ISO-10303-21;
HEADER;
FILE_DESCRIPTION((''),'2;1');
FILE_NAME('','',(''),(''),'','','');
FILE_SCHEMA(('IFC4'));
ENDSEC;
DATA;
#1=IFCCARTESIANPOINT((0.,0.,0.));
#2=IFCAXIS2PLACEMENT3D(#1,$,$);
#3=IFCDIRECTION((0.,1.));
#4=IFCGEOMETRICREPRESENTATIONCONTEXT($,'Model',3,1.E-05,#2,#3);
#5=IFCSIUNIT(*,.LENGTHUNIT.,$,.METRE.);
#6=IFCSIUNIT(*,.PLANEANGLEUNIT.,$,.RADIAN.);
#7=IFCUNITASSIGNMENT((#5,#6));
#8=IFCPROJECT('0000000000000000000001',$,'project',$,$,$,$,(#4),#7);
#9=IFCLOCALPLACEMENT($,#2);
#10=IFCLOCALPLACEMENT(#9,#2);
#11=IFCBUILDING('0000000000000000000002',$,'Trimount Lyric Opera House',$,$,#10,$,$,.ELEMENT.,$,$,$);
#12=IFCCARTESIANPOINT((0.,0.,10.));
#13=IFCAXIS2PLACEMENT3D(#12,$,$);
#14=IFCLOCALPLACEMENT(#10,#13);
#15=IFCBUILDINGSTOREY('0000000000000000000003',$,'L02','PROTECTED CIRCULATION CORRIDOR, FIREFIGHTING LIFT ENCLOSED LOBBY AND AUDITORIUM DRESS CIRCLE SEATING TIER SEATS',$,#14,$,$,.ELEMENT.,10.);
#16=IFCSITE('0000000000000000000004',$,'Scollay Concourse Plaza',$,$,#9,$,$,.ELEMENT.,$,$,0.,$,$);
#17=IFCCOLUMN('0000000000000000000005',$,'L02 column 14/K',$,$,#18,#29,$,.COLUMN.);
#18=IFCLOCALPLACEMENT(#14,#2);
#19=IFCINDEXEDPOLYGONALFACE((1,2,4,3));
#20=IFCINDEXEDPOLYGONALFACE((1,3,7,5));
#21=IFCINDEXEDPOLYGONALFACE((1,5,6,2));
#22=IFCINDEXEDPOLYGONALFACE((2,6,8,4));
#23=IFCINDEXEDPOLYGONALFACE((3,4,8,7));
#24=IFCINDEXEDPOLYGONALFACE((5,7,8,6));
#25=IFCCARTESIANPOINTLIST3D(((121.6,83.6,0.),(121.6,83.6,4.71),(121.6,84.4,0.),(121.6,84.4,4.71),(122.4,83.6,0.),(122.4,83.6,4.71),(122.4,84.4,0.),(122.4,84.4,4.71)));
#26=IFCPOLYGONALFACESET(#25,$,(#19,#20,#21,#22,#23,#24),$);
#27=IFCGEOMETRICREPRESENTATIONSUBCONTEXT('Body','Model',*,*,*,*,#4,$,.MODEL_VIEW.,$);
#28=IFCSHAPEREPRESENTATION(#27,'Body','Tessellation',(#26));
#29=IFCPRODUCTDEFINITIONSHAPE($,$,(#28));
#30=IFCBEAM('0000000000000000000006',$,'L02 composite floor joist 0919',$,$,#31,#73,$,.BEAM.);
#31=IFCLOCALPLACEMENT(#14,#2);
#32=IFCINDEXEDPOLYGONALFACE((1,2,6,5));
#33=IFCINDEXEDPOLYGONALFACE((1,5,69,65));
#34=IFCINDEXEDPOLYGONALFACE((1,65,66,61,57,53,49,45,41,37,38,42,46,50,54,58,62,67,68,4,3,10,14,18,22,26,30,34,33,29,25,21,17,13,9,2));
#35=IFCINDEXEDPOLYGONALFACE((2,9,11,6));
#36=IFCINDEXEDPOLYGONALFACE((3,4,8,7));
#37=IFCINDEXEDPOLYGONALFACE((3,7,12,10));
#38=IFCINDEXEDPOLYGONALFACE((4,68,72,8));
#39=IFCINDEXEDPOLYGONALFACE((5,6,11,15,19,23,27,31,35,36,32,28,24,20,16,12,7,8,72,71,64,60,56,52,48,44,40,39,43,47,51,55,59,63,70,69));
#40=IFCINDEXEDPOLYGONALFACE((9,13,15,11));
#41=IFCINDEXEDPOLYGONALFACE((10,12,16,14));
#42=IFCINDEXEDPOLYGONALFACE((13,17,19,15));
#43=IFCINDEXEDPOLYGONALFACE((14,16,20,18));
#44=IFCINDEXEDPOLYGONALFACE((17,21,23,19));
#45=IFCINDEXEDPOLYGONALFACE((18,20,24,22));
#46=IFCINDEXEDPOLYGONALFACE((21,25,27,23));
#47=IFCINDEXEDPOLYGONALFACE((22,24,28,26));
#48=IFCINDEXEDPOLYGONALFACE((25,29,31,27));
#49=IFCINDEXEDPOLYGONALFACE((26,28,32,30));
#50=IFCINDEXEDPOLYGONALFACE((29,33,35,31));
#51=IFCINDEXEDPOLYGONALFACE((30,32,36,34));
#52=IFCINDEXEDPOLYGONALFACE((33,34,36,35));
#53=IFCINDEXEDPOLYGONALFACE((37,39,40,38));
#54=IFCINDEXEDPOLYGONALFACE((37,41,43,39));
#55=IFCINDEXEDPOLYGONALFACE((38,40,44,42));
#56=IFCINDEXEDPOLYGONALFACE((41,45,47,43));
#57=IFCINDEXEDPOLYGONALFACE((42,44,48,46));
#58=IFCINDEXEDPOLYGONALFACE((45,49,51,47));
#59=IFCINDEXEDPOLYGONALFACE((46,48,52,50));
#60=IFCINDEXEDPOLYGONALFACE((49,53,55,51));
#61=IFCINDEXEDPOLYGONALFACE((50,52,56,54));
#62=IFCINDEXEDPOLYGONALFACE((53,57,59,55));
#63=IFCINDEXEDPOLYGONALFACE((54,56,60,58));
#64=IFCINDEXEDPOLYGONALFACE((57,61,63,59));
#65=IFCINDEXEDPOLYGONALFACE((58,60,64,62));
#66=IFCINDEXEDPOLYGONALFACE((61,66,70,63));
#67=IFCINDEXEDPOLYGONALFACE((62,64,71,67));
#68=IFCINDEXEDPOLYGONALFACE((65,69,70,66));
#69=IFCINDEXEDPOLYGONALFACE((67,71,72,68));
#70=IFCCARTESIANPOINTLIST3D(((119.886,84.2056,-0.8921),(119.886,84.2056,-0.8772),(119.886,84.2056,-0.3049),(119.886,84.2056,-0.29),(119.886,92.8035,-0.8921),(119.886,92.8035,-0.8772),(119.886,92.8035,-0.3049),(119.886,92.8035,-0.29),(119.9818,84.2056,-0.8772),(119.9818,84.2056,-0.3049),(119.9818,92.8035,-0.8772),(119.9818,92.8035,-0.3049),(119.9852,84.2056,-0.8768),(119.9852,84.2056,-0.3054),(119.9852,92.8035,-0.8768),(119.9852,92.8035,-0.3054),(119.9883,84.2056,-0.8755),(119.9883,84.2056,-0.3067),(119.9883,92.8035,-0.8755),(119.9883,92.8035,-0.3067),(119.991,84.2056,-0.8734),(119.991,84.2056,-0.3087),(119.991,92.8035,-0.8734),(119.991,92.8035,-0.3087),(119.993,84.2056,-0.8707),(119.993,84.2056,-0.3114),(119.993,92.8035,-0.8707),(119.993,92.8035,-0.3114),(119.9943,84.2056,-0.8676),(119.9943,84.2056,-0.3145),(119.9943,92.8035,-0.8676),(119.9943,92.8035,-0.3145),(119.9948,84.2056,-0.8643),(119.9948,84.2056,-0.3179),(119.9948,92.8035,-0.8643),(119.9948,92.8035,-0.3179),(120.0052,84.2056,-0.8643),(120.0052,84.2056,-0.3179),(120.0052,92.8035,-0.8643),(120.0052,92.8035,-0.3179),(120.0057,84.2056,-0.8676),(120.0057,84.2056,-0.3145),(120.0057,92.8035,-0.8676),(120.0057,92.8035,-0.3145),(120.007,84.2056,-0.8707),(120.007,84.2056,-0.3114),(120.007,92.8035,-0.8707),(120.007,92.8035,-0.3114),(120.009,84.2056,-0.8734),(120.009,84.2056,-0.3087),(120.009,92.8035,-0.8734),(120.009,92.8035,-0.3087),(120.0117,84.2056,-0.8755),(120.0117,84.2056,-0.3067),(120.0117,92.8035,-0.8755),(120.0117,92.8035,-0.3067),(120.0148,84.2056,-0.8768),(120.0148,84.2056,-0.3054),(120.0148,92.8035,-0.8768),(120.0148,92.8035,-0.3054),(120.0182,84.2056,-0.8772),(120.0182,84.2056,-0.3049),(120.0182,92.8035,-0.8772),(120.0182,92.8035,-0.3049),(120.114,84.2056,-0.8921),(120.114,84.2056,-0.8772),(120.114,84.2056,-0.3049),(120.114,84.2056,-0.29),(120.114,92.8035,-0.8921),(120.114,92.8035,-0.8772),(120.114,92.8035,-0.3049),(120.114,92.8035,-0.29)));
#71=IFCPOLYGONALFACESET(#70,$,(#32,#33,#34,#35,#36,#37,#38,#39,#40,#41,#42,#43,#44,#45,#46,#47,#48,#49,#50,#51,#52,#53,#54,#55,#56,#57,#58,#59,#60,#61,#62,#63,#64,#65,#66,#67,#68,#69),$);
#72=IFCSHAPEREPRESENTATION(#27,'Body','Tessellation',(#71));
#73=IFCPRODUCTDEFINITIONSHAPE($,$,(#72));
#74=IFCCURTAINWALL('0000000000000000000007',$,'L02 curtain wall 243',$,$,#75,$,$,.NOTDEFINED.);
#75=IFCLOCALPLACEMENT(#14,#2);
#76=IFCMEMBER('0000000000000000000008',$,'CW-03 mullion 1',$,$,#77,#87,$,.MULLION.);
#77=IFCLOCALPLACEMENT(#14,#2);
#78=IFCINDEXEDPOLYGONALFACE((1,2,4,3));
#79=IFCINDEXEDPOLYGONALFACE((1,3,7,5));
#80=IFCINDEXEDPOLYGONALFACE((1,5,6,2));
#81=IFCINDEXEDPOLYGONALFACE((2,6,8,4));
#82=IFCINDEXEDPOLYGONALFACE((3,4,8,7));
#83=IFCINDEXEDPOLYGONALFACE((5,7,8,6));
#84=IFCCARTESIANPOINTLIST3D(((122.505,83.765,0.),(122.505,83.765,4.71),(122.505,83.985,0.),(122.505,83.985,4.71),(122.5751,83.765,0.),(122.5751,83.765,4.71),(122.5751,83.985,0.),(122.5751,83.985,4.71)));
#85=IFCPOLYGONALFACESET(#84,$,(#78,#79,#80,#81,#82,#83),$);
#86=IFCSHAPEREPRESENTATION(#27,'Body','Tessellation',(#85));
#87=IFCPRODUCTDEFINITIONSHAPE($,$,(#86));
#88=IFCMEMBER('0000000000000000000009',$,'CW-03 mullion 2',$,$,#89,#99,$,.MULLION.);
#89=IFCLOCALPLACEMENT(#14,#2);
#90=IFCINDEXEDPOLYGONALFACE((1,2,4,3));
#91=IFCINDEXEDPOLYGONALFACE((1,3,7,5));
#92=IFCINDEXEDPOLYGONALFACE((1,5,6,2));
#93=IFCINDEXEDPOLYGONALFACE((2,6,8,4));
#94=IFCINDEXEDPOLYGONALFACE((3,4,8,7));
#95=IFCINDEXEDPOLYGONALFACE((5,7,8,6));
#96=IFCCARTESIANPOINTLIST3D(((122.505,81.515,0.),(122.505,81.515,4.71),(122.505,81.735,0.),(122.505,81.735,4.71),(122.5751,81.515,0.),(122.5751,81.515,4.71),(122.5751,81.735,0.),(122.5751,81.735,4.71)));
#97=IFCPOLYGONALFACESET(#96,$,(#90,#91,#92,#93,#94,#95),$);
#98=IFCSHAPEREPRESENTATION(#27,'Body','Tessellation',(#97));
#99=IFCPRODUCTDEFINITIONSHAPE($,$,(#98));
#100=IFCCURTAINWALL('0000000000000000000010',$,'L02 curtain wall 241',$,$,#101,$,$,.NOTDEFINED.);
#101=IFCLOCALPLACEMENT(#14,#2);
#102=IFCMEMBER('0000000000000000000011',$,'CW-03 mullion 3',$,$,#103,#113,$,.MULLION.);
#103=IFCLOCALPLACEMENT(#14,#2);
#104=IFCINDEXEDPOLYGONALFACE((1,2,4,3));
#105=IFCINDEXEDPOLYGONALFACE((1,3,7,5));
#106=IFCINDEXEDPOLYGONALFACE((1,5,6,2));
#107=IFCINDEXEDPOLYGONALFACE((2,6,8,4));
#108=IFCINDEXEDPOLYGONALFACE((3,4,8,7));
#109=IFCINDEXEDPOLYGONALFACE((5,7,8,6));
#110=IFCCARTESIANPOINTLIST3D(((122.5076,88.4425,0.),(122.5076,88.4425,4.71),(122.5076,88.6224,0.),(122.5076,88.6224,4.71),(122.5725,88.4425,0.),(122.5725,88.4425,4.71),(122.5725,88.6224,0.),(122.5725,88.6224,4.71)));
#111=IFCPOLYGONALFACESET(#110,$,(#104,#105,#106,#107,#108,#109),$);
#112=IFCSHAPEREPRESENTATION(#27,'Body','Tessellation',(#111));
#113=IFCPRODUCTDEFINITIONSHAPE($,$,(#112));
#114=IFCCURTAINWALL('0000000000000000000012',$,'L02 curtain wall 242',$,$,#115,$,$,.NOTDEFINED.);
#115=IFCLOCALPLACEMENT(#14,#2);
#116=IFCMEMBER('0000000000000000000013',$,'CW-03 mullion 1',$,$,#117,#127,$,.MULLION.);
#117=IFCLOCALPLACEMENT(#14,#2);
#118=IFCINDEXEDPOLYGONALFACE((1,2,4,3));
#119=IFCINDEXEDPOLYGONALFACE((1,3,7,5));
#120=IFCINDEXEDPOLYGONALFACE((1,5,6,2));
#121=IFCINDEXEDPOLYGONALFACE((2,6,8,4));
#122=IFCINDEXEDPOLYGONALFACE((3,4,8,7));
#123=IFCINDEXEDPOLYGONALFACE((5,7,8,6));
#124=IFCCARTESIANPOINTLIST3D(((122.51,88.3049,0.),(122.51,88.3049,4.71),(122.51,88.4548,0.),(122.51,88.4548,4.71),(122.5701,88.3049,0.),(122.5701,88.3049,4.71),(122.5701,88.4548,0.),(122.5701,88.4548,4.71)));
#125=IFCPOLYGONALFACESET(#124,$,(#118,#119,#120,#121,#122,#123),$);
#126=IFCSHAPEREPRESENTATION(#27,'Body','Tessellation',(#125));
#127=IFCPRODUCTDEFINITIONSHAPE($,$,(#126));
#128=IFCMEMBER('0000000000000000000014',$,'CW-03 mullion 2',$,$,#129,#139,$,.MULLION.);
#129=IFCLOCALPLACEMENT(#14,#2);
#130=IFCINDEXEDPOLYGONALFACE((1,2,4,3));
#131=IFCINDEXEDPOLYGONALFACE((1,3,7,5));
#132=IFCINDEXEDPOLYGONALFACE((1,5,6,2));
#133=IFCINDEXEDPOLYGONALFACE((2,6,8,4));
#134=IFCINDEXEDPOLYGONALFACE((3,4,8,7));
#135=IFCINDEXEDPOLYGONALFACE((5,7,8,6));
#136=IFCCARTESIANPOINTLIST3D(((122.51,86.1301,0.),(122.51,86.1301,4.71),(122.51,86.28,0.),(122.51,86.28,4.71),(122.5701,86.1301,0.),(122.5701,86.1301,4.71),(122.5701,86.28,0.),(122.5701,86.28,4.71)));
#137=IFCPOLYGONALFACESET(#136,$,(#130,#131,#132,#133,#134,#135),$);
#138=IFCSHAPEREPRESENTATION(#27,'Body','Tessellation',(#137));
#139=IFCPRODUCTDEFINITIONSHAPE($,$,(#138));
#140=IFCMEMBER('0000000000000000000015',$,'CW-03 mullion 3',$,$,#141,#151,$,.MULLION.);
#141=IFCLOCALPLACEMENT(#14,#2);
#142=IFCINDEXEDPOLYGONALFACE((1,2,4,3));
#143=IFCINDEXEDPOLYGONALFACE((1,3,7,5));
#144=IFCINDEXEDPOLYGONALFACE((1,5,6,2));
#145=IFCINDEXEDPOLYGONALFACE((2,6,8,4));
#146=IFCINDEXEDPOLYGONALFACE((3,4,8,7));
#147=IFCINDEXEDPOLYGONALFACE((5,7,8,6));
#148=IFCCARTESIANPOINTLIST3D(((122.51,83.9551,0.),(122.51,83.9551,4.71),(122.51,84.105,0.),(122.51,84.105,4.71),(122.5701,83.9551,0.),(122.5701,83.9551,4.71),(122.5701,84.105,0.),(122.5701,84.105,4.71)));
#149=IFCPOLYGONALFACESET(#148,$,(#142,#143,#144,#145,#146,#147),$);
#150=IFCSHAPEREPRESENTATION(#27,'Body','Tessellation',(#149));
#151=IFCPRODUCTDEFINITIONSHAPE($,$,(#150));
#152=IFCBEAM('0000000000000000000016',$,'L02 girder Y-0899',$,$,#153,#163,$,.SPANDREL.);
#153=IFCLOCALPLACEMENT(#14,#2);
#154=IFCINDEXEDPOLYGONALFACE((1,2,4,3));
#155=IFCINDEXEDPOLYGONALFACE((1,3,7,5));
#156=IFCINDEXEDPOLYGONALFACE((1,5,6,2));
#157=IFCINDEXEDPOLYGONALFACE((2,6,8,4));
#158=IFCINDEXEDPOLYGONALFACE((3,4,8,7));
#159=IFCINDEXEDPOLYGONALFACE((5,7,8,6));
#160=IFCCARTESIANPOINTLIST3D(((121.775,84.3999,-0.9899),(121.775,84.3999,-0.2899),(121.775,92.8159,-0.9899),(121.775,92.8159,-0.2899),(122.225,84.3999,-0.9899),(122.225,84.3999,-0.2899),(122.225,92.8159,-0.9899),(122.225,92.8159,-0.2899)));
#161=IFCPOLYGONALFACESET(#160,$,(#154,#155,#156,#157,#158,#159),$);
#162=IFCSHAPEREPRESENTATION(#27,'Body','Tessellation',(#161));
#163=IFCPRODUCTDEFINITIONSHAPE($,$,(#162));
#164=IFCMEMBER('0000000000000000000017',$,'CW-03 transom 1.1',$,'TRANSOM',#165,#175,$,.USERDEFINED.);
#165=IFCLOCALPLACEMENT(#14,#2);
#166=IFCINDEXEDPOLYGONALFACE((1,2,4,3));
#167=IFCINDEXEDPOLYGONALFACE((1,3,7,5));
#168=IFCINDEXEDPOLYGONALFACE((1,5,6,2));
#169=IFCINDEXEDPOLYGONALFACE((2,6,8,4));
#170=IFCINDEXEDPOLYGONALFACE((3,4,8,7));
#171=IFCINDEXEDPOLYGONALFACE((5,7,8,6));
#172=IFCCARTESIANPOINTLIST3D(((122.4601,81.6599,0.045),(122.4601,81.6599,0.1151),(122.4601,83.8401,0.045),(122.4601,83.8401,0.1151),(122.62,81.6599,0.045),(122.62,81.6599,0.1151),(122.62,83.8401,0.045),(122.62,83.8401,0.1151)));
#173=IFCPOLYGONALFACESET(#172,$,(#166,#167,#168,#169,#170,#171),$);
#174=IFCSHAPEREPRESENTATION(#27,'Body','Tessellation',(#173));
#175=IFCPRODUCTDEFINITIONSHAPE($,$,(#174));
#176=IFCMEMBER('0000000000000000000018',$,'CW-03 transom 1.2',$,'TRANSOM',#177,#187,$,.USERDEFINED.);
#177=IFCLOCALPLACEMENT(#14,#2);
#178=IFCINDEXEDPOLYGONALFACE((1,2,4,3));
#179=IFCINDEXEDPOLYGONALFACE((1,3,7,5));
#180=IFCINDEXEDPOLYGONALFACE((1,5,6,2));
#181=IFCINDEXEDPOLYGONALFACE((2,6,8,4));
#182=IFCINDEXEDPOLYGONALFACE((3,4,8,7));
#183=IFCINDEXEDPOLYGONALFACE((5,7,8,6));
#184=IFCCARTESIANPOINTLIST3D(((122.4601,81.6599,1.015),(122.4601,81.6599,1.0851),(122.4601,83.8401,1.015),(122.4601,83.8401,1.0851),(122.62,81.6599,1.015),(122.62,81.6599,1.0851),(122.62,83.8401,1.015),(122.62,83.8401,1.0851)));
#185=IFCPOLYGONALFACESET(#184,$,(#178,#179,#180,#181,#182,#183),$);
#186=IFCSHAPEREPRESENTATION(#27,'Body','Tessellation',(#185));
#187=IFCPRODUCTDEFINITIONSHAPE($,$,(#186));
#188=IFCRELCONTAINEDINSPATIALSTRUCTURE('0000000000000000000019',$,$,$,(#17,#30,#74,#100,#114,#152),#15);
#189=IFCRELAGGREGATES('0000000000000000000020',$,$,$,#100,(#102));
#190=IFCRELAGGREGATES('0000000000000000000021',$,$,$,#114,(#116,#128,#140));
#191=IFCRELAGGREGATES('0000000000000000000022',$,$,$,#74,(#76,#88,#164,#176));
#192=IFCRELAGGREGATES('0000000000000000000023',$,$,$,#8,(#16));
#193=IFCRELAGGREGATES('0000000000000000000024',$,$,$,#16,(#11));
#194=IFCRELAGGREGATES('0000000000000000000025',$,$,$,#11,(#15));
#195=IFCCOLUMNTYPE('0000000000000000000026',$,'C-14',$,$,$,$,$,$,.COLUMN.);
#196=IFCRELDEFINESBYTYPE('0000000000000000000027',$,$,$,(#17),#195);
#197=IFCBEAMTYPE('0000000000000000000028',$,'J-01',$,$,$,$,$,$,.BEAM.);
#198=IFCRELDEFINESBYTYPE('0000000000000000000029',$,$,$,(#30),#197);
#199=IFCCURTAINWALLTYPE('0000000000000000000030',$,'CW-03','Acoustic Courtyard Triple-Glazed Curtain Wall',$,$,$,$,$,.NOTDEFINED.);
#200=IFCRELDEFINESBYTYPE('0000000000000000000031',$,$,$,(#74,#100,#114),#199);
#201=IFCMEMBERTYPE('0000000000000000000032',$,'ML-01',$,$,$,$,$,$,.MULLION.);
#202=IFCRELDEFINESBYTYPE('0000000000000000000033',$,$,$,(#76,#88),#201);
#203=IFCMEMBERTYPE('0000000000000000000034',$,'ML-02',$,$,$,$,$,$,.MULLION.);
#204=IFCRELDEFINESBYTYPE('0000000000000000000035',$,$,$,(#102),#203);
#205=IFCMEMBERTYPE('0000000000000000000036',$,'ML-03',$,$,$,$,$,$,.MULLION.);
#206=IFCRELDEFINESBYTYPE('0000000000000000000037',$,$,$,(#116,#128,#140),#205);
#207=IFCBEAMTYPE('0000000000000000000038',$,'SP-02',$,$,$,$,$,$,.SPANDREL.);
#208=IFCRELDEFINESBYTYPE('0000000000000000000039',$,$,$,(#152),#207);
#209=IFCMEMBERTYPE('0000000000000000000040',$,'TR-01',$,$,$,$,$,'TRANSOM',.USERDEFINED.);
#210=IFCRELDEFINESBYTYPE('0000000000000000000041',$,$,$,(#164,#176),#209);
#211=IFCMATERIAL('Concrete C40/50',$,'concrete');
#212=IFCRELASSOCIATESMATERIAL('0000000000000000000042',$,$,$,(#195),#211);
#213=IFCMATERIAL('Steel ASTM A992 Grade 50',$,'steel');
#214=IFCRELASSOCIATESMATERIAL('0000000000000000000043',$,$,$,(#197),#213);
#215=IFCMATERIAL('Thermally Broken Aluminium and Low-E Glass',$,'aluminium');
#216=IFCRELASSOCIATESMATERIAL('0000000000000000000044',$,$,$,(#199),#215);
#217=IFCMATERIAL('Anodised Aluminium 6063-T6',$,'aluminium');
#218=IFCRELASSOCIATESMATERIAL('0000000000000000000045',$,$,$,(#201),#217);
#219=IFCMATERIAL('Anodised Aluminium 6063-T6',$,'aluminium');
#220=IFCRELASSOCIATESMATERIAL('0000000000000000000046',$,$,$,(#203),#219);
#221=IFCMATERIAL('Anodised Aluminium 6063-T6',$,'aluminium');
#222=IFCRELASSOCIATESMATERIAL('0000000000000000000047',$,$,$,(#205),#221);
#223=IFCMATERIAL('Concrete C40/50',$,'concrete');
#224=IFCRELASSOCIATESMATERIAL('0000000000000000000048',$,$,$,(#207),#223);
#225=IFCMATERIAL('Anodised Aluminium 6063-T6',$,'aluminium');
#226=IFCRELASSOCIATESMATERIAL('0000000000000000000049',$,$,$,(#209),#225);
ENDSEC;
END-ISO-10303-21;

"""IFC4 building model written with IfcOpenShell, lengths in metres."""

from ifc_helpers import new_model, si_unit, direction, frame, origin, origin_2d, place, context, subcontext, project, spatial, rectangle, i_section, extrude, material, material_profile, profile_set, type_object, element, aggregate, save


model = new_model("IFC4")

# Units and contexts
model_context = context("Model", 3, precision=1e-05, world=origin(), true_north=direction((0.0, 1.0)))
body_context = subcontext(model_context, "Body", "Model", "MODEL_VIEW")
ifc_project = project(units=[si_unit("LENGTHUNIT", "METRE"), si_unit("PLANEANGLEUNIT", "RADIAN")], contexts=[model_context])

# Site, building, storey
site_placement = place(None, origin())
site = spatial("IfcSite", under=ifc_project, at=site_placement, Name="Scollay Concourse Plaza", CompositionType="ELEMENT", RefElevation=0.0)
building_placement = place(site_placement, origin())
building = spatial("IfcBuilding", under=site, at=building_placement, Name="Trimount Lyric Opera House", CompositionType="ELEMENT")
storey_placement = place(building_placement, frame((0.0, 0.0, 10.0)))
storey = spatial("IfcBuildingStorey", under=building, at=storey_placement, Name="L02", Description="PROTECTED CIRCULATION CORRIDOR, FIREFIGHTING LIFT ENCLOSED LOBBY AND AUDITORIUM DRESS CIRCLE SEATING TIER SEATS", CompositionType="ELEMENT", Elevation=10.0)

# Column
ifc_material_1 = material(Name="Concrete C40/50", Category="concrete")
ifc_material_profile_1 = material_profile(ifc_material_1, rectangle(XDim=0.8, YDim=0.8, at=origin_2d()), Name="RC800X800")
ifc_profile_set_1 = profile_set([ifc_material_profile_1], Name="Concrete C40/50")
column_type = type_object("IfcColumnType", Name="C-14", PredefinedType="COLUMN", material=ifc_profile_set_1)
column_placement = place(storey_placement, frame((122.0, 84.0, 0.0), z_axis=(0.0, 0.0, 1.0), x_axis=(1.0, 0.0, 0.0)))
element("IfcColumn", 1, at=column_placement, inside=storey, type_object=column_type, Name="L02 column 14/K", PredefinedType="COLUMN", context=body_context, shape_type="SweptSolid", body=[
    extrude(rectangle(XDim=0.8, YDim=0.8, at=origin_2d()), origin(), (0.0, 0.0, 1.0), 4.71),
])

# Beam
ifc_material_2 = material(Name="Steel ASTM A992 Grade 50", Category="steel")
ifc_material_profile_2 = material_profile(ifc_material_2, i_section(OverallWidth=0.228, OverallDepth=0.6021, WebThickness=0.0105, FlangeThickness=0.0149, FilletRadius=0.0129, at=origin_2d()), Name="W24X68")
ifc_profile_set_2 = profile_set([ifc_material_profile_2], Name="Steel ASTM A992 Grade 50")
beam_type_1 = type_object("IfcBeamType", Name="J-01", PredefinedType="BEAM", material=ifc_profile_set_2)
beam_1_placement = place(storey_placement, frame((120.0, 84.2056, -0.5911), z_axis=(0.0, 1.0, 0.0), x_axis=(-1.0, 0.0, 0.0)))
element("IfcBeam", 2, at=beam_1_placement, inside=storey, type_object=beam_type_1, Name="L02 composite floor joist 0919", PredefinedType="BEAM", context=body_context, shape_type="SweptSolid", body=[
    extrude(i_section(OverallWidth=0.228, OverallDepth=0.6021, WebThickness=0.0105, FlangeThickness=0.0149, FilletRadius=0.0129, at=origin_2d()), origin(), (0.0, 0.0, 1.0), 8.5979),
])

# Curtain wall, members
ifc_material_3 = material(Name="Thermally Broken Aluminium and Low-E Glass", Category="aluminium")
curtain_wall_type = type_object("IfcCurtainWallType", Name="CW-03", Description="Acoustic Courtyard Triple-Glazed Curtain Wall", PredefinedType="NOTDEFINED", material=ifc_material_3)
curtain_wall_1_placement = place(storey_placement, origin())
curtain_wall_1 = element("IfcCurtainWall", 3, at=curtain_wall_1_placement, inside=storey, type_object=curtain_wall_type, Name="L02 curtain wall 243", PredefinedType="NOTDEFINED")
ifc_material_4 = material(Name="Anodised Aluminium 6063-T6", Category="aluminium")
ifc_material_profile_3 = material_profile(ifc_material_4, rectangle(XDim=0.0701, YDim=0.22, at=origin_2d()), Name="ALU-MULL-70X220")
ifc_profile_set_3 = profile_set([ifc_material_profile_3], Name="Anodised Aluminium 6063-T6")
member_type_1 = type_object("IfcMemberType", Name="ML-01", PredefinedType="MULLION", material=ifc_profile_set_3)
member_1_placement = place(storey_placement, frame((122.54, 83.875, 0.0), z_axis=(0.0, 0.0, 1.0), x_axis=(1.0, 0.0, 0.0)))
member_1 = element("IfcMember", 4, at=member_1_placement, type_object=member_type_1, Name="CW-03 mullion 1", PredefinedType="MULLION", context=body_context, shape_type="SweptSolid", body=[
    extrude(rectangle(XDim=0.0701, YDim=0.22, at=origin_2d()), origin(), (0.0, 0.0, 1.0), 4.71),
])
member_2_placement = place(storey_placement, frame((122.54, 81.625, 0.0), z_axis=(0.0, 0.0, 1.0), x_axis=(1.0, 0.0, 0.0)))
member_2 = element("IfcMember", 5, at=member_2_placement, type_object=member_type_1, Name="CW-03 mullion 2", PredefinedType="MULLION", context=body_context, shape_type="SweptSolid", body=[
    extrude(rectangle(XDim=0.0701, YDim=0.22, at=origin_2d()), origin(), (0.0, 0.0, 1.0), 4.71),
])

# Curtain wall, member
curtain_wall_2_placement = place(storey_placement, origin())
curtain_wall_2 = element("IfcCurtainWall", 6, at=curtain_wall_2_placement, inside=storey, type_object=curtain_wall_type, Name="L02 curtain wall 241", PredefinedType="NOTDEFINED")
ifc_material_5 = material(Name="Anodised Aluminium 6063-T6", Category="aluminium")
ifc_material_profile_4 = material_profile(ifc_material_5, rectangle(XDim=0.0649, YDim=0.1799, at=origin_2d()), Name="ALU-MULL-65X180")
ifc_profile_set_4 = profile_set([ifc_material_profile_4], Name="Anodised Aluminium 6063-T6")
member_type_2 = type_object("IfcMemberType", Name="ML-02", PredefinedType="MULLION", material=ifc_profile_set_4)
member_3_placement = place(storey_placement, frame((122.54, 88.5325, 0.0), z_axis=(0.0, 0.0, 1.0), x_axis=(1.0, 0.0, 0.0)))
member_3 = element("IfcMember", 7, at=member_3_placement, type_object=member_type_2, Name="CW-03 mullion 3", PredefinedType="MULLION", context=body_context, shape_type="SweptSolid", body=[
    extrude(rectangle(XDim=0.0649, YDim=0.1799, at=origin_2d()), origin(), (0.0, 0.0, 1.0), 4.71),
])

# Curtain wall, members
curtain_wall_3_placement = place(storey_placement, origin())
curtain_wall_3 = element("IfcCurtainWall", 8, at=curtain_wall_3_placement, inside=storey, type_object=curtain_wall_type, Name="L02 curtain wall 242", PredefinedType="NOTDEFINED")
ifc_material_6 = material(Name="Anodised Aluminium 6063-T6", Category="aluminium")
ifc_material_profile_5 = material_profile(ifc_material_6, rectangle(XDim=0.0601, YDim=0.1499, at=origin_2d()), Name="ALU-MULL-60X150")
ifc_profile_set_5 = profile_set([ifc_material_profile_5], Name="Anodised Aluminium 6063-T6")
member_type_3 = type_object("IfcMemberType", Name="ML-03", PredefinedType="MULLION", material=ifc_profile_set_5)
member_4_placement = place(storey_placement, frame((122.54, 88.3799, 0.0), z_axis=(0.0, 0.0, 1.0), x_axis=(1.0, 0.0, 0.0)))
member_4 = element("IfcMember", 9, at=member_4_placement, type_object=member_type_3, Name="CW-03 mullion 1", PredefinedType="MULLION", context=body_context, shape_type="SweptSolid", body=[
    extrude(rectangle(XDim=0.0601, YDim=0.1499, at=origin_2d()), origin(), (0.0, 0.0, 1.0), 4.71),
])
member_5_placement = place(storey_placement, frame((122.54, 86.2051, 0.0), z_axis=(0.0, 0.0, 1.0), x_axis=(1.0, 0.0, 0.0)))
member_5 = element("IfcMember", 10, at=member_5_placement, type_object=member_type_3, Name="CW-03 mullion 2", PredefinedType="MULLION", context=body_context, shape_type="SweptSolid", body=[
    extrude(rectangle(XDim=0.0601, YDim=0.1499, at=origin_2d()), origin(), (0.0, 0.0, 1.0), 4.71),
])
member_6_placement = place(storey_placement, frame((122.54, 84.03, 0.0), z_axis=(0.0, 0.0, 1.0), x_axis=(1.0, 0.0, 0.0)))
member_6 = element("IfcMember", 11, at=member_6_placement, type_object=member_type_3, Name="CW-03 mullion 3", PredefinedType="MULLION", context=body_context, shape_type="SweptSolid", body=[
    extrude(rectangle(XDim=0.0601, YDim=0.1499, at=origin_2d()), origin(), (0.0, 0.0, 1.0), 4.71),
])

# Beam
ifc_material_7 = material(Name="Concrete C40/50", Category="concrete")
ifc_material_profile_6 = material_profile(ifc_material_7, rectangle(XDim=0.45, YDim=0.7, at=origin_2d()), Name="RC450X700")
ifc_profile_set_6 = profile_set([ifc_material_profile_6], Name="Concrete C40/50")
beam_type_2 = type_object("IfcBeamType", Name="SP-02", PredefinedType="SPANDREL", material=ifc_profile_set_6)
beam_2_placement = place(storey_placement, frame((122.0, 84.3999, -0.6399), z_axis=(0.0, 1.0, 0.0), x_axis=(-1.0, 0.0, 0.0)))
element("IfcBeam", 12, at=beam_2_placement, inside=storey, type_object=beam_type_2, Name="L02 girder Y-0899", PredefinedType="SPANDREL", context=body_context, shape_type="SweptSolid", body=[
    extrude(rectangle(XDim=0.45, YDim=0.7, at=origin_2d()), origin(), (0.0, 0.0, 1.0), 8.416),
])

# Members
ifc_material_8 = material(Name="Anodised Aluminium 6063-T6", Category="aluminium")
ifc_material_profile_7 = material_profile(ifc_material_8, rectangle(XDim=0.1599, YDim=0.0701, at=origin_2d()), Name="ALU-TRAN-70X160")
ifc_profile_set_7 = profile_set([ifc_material_profile_7], Name="Anodised Aluminium 6063-T6")
member_type_4 = type_object("IfcMemberType", Name="TR-01", ElementType="TRANSOM", PredefinedType="USERDEFINED", material=ifc_profile_set_7)
member_7_placement = place(storey_placement, frame((122.54, 83.8401, 0.0801), z_axis=(0.0, -1.0, 0.0), x_axis=(1.0, 0.0, 0.0)))
member_7 = element("IfcMember", 13, at=member_7_placement, type_object=member_type_4, Name="CW-03 transom 1.1", ObjectType="TRANSOM", PredefinedType="USERDEFINED", context=body_context, shape_type="SweptSolid", body=[
    extrude(rectangle(XDim=0.1599, YDim=0.0701, at=origin_2d()), origin(), (0.0, 0.0, 1.0), 2.1802),
])
member_8_placement = place(storey_placement, frame((122.54, 83.8401, 1.05), z_axis=(0.0, -1.0, 0.0), x_axis=(1.0, 0.0, 0.0)))
member_8 = element("IfcMember", 14, at=member_8_placement, type_object=member_type_4, Name="CW-03 transom 1.2", ObjectType="TRANSOM", PredefinedType="USERDEFINED", context=body_context, shape_type="SweptSolid", body=[
    extrude(rectangle(XDim=0.1599, YDim=0.0701, at=origin_2d()), origin(), (0.0, 0.0, 1.0), 2.1802),
])

aggregate(curtain_wall_2, [member_3])
aggregate(curtain_wall_3, [member_4, member_5, member_6])
aggregate(curtain_wall_1, [member_1, member_2, member_7, member_8])

save(model, "model.ifc")
